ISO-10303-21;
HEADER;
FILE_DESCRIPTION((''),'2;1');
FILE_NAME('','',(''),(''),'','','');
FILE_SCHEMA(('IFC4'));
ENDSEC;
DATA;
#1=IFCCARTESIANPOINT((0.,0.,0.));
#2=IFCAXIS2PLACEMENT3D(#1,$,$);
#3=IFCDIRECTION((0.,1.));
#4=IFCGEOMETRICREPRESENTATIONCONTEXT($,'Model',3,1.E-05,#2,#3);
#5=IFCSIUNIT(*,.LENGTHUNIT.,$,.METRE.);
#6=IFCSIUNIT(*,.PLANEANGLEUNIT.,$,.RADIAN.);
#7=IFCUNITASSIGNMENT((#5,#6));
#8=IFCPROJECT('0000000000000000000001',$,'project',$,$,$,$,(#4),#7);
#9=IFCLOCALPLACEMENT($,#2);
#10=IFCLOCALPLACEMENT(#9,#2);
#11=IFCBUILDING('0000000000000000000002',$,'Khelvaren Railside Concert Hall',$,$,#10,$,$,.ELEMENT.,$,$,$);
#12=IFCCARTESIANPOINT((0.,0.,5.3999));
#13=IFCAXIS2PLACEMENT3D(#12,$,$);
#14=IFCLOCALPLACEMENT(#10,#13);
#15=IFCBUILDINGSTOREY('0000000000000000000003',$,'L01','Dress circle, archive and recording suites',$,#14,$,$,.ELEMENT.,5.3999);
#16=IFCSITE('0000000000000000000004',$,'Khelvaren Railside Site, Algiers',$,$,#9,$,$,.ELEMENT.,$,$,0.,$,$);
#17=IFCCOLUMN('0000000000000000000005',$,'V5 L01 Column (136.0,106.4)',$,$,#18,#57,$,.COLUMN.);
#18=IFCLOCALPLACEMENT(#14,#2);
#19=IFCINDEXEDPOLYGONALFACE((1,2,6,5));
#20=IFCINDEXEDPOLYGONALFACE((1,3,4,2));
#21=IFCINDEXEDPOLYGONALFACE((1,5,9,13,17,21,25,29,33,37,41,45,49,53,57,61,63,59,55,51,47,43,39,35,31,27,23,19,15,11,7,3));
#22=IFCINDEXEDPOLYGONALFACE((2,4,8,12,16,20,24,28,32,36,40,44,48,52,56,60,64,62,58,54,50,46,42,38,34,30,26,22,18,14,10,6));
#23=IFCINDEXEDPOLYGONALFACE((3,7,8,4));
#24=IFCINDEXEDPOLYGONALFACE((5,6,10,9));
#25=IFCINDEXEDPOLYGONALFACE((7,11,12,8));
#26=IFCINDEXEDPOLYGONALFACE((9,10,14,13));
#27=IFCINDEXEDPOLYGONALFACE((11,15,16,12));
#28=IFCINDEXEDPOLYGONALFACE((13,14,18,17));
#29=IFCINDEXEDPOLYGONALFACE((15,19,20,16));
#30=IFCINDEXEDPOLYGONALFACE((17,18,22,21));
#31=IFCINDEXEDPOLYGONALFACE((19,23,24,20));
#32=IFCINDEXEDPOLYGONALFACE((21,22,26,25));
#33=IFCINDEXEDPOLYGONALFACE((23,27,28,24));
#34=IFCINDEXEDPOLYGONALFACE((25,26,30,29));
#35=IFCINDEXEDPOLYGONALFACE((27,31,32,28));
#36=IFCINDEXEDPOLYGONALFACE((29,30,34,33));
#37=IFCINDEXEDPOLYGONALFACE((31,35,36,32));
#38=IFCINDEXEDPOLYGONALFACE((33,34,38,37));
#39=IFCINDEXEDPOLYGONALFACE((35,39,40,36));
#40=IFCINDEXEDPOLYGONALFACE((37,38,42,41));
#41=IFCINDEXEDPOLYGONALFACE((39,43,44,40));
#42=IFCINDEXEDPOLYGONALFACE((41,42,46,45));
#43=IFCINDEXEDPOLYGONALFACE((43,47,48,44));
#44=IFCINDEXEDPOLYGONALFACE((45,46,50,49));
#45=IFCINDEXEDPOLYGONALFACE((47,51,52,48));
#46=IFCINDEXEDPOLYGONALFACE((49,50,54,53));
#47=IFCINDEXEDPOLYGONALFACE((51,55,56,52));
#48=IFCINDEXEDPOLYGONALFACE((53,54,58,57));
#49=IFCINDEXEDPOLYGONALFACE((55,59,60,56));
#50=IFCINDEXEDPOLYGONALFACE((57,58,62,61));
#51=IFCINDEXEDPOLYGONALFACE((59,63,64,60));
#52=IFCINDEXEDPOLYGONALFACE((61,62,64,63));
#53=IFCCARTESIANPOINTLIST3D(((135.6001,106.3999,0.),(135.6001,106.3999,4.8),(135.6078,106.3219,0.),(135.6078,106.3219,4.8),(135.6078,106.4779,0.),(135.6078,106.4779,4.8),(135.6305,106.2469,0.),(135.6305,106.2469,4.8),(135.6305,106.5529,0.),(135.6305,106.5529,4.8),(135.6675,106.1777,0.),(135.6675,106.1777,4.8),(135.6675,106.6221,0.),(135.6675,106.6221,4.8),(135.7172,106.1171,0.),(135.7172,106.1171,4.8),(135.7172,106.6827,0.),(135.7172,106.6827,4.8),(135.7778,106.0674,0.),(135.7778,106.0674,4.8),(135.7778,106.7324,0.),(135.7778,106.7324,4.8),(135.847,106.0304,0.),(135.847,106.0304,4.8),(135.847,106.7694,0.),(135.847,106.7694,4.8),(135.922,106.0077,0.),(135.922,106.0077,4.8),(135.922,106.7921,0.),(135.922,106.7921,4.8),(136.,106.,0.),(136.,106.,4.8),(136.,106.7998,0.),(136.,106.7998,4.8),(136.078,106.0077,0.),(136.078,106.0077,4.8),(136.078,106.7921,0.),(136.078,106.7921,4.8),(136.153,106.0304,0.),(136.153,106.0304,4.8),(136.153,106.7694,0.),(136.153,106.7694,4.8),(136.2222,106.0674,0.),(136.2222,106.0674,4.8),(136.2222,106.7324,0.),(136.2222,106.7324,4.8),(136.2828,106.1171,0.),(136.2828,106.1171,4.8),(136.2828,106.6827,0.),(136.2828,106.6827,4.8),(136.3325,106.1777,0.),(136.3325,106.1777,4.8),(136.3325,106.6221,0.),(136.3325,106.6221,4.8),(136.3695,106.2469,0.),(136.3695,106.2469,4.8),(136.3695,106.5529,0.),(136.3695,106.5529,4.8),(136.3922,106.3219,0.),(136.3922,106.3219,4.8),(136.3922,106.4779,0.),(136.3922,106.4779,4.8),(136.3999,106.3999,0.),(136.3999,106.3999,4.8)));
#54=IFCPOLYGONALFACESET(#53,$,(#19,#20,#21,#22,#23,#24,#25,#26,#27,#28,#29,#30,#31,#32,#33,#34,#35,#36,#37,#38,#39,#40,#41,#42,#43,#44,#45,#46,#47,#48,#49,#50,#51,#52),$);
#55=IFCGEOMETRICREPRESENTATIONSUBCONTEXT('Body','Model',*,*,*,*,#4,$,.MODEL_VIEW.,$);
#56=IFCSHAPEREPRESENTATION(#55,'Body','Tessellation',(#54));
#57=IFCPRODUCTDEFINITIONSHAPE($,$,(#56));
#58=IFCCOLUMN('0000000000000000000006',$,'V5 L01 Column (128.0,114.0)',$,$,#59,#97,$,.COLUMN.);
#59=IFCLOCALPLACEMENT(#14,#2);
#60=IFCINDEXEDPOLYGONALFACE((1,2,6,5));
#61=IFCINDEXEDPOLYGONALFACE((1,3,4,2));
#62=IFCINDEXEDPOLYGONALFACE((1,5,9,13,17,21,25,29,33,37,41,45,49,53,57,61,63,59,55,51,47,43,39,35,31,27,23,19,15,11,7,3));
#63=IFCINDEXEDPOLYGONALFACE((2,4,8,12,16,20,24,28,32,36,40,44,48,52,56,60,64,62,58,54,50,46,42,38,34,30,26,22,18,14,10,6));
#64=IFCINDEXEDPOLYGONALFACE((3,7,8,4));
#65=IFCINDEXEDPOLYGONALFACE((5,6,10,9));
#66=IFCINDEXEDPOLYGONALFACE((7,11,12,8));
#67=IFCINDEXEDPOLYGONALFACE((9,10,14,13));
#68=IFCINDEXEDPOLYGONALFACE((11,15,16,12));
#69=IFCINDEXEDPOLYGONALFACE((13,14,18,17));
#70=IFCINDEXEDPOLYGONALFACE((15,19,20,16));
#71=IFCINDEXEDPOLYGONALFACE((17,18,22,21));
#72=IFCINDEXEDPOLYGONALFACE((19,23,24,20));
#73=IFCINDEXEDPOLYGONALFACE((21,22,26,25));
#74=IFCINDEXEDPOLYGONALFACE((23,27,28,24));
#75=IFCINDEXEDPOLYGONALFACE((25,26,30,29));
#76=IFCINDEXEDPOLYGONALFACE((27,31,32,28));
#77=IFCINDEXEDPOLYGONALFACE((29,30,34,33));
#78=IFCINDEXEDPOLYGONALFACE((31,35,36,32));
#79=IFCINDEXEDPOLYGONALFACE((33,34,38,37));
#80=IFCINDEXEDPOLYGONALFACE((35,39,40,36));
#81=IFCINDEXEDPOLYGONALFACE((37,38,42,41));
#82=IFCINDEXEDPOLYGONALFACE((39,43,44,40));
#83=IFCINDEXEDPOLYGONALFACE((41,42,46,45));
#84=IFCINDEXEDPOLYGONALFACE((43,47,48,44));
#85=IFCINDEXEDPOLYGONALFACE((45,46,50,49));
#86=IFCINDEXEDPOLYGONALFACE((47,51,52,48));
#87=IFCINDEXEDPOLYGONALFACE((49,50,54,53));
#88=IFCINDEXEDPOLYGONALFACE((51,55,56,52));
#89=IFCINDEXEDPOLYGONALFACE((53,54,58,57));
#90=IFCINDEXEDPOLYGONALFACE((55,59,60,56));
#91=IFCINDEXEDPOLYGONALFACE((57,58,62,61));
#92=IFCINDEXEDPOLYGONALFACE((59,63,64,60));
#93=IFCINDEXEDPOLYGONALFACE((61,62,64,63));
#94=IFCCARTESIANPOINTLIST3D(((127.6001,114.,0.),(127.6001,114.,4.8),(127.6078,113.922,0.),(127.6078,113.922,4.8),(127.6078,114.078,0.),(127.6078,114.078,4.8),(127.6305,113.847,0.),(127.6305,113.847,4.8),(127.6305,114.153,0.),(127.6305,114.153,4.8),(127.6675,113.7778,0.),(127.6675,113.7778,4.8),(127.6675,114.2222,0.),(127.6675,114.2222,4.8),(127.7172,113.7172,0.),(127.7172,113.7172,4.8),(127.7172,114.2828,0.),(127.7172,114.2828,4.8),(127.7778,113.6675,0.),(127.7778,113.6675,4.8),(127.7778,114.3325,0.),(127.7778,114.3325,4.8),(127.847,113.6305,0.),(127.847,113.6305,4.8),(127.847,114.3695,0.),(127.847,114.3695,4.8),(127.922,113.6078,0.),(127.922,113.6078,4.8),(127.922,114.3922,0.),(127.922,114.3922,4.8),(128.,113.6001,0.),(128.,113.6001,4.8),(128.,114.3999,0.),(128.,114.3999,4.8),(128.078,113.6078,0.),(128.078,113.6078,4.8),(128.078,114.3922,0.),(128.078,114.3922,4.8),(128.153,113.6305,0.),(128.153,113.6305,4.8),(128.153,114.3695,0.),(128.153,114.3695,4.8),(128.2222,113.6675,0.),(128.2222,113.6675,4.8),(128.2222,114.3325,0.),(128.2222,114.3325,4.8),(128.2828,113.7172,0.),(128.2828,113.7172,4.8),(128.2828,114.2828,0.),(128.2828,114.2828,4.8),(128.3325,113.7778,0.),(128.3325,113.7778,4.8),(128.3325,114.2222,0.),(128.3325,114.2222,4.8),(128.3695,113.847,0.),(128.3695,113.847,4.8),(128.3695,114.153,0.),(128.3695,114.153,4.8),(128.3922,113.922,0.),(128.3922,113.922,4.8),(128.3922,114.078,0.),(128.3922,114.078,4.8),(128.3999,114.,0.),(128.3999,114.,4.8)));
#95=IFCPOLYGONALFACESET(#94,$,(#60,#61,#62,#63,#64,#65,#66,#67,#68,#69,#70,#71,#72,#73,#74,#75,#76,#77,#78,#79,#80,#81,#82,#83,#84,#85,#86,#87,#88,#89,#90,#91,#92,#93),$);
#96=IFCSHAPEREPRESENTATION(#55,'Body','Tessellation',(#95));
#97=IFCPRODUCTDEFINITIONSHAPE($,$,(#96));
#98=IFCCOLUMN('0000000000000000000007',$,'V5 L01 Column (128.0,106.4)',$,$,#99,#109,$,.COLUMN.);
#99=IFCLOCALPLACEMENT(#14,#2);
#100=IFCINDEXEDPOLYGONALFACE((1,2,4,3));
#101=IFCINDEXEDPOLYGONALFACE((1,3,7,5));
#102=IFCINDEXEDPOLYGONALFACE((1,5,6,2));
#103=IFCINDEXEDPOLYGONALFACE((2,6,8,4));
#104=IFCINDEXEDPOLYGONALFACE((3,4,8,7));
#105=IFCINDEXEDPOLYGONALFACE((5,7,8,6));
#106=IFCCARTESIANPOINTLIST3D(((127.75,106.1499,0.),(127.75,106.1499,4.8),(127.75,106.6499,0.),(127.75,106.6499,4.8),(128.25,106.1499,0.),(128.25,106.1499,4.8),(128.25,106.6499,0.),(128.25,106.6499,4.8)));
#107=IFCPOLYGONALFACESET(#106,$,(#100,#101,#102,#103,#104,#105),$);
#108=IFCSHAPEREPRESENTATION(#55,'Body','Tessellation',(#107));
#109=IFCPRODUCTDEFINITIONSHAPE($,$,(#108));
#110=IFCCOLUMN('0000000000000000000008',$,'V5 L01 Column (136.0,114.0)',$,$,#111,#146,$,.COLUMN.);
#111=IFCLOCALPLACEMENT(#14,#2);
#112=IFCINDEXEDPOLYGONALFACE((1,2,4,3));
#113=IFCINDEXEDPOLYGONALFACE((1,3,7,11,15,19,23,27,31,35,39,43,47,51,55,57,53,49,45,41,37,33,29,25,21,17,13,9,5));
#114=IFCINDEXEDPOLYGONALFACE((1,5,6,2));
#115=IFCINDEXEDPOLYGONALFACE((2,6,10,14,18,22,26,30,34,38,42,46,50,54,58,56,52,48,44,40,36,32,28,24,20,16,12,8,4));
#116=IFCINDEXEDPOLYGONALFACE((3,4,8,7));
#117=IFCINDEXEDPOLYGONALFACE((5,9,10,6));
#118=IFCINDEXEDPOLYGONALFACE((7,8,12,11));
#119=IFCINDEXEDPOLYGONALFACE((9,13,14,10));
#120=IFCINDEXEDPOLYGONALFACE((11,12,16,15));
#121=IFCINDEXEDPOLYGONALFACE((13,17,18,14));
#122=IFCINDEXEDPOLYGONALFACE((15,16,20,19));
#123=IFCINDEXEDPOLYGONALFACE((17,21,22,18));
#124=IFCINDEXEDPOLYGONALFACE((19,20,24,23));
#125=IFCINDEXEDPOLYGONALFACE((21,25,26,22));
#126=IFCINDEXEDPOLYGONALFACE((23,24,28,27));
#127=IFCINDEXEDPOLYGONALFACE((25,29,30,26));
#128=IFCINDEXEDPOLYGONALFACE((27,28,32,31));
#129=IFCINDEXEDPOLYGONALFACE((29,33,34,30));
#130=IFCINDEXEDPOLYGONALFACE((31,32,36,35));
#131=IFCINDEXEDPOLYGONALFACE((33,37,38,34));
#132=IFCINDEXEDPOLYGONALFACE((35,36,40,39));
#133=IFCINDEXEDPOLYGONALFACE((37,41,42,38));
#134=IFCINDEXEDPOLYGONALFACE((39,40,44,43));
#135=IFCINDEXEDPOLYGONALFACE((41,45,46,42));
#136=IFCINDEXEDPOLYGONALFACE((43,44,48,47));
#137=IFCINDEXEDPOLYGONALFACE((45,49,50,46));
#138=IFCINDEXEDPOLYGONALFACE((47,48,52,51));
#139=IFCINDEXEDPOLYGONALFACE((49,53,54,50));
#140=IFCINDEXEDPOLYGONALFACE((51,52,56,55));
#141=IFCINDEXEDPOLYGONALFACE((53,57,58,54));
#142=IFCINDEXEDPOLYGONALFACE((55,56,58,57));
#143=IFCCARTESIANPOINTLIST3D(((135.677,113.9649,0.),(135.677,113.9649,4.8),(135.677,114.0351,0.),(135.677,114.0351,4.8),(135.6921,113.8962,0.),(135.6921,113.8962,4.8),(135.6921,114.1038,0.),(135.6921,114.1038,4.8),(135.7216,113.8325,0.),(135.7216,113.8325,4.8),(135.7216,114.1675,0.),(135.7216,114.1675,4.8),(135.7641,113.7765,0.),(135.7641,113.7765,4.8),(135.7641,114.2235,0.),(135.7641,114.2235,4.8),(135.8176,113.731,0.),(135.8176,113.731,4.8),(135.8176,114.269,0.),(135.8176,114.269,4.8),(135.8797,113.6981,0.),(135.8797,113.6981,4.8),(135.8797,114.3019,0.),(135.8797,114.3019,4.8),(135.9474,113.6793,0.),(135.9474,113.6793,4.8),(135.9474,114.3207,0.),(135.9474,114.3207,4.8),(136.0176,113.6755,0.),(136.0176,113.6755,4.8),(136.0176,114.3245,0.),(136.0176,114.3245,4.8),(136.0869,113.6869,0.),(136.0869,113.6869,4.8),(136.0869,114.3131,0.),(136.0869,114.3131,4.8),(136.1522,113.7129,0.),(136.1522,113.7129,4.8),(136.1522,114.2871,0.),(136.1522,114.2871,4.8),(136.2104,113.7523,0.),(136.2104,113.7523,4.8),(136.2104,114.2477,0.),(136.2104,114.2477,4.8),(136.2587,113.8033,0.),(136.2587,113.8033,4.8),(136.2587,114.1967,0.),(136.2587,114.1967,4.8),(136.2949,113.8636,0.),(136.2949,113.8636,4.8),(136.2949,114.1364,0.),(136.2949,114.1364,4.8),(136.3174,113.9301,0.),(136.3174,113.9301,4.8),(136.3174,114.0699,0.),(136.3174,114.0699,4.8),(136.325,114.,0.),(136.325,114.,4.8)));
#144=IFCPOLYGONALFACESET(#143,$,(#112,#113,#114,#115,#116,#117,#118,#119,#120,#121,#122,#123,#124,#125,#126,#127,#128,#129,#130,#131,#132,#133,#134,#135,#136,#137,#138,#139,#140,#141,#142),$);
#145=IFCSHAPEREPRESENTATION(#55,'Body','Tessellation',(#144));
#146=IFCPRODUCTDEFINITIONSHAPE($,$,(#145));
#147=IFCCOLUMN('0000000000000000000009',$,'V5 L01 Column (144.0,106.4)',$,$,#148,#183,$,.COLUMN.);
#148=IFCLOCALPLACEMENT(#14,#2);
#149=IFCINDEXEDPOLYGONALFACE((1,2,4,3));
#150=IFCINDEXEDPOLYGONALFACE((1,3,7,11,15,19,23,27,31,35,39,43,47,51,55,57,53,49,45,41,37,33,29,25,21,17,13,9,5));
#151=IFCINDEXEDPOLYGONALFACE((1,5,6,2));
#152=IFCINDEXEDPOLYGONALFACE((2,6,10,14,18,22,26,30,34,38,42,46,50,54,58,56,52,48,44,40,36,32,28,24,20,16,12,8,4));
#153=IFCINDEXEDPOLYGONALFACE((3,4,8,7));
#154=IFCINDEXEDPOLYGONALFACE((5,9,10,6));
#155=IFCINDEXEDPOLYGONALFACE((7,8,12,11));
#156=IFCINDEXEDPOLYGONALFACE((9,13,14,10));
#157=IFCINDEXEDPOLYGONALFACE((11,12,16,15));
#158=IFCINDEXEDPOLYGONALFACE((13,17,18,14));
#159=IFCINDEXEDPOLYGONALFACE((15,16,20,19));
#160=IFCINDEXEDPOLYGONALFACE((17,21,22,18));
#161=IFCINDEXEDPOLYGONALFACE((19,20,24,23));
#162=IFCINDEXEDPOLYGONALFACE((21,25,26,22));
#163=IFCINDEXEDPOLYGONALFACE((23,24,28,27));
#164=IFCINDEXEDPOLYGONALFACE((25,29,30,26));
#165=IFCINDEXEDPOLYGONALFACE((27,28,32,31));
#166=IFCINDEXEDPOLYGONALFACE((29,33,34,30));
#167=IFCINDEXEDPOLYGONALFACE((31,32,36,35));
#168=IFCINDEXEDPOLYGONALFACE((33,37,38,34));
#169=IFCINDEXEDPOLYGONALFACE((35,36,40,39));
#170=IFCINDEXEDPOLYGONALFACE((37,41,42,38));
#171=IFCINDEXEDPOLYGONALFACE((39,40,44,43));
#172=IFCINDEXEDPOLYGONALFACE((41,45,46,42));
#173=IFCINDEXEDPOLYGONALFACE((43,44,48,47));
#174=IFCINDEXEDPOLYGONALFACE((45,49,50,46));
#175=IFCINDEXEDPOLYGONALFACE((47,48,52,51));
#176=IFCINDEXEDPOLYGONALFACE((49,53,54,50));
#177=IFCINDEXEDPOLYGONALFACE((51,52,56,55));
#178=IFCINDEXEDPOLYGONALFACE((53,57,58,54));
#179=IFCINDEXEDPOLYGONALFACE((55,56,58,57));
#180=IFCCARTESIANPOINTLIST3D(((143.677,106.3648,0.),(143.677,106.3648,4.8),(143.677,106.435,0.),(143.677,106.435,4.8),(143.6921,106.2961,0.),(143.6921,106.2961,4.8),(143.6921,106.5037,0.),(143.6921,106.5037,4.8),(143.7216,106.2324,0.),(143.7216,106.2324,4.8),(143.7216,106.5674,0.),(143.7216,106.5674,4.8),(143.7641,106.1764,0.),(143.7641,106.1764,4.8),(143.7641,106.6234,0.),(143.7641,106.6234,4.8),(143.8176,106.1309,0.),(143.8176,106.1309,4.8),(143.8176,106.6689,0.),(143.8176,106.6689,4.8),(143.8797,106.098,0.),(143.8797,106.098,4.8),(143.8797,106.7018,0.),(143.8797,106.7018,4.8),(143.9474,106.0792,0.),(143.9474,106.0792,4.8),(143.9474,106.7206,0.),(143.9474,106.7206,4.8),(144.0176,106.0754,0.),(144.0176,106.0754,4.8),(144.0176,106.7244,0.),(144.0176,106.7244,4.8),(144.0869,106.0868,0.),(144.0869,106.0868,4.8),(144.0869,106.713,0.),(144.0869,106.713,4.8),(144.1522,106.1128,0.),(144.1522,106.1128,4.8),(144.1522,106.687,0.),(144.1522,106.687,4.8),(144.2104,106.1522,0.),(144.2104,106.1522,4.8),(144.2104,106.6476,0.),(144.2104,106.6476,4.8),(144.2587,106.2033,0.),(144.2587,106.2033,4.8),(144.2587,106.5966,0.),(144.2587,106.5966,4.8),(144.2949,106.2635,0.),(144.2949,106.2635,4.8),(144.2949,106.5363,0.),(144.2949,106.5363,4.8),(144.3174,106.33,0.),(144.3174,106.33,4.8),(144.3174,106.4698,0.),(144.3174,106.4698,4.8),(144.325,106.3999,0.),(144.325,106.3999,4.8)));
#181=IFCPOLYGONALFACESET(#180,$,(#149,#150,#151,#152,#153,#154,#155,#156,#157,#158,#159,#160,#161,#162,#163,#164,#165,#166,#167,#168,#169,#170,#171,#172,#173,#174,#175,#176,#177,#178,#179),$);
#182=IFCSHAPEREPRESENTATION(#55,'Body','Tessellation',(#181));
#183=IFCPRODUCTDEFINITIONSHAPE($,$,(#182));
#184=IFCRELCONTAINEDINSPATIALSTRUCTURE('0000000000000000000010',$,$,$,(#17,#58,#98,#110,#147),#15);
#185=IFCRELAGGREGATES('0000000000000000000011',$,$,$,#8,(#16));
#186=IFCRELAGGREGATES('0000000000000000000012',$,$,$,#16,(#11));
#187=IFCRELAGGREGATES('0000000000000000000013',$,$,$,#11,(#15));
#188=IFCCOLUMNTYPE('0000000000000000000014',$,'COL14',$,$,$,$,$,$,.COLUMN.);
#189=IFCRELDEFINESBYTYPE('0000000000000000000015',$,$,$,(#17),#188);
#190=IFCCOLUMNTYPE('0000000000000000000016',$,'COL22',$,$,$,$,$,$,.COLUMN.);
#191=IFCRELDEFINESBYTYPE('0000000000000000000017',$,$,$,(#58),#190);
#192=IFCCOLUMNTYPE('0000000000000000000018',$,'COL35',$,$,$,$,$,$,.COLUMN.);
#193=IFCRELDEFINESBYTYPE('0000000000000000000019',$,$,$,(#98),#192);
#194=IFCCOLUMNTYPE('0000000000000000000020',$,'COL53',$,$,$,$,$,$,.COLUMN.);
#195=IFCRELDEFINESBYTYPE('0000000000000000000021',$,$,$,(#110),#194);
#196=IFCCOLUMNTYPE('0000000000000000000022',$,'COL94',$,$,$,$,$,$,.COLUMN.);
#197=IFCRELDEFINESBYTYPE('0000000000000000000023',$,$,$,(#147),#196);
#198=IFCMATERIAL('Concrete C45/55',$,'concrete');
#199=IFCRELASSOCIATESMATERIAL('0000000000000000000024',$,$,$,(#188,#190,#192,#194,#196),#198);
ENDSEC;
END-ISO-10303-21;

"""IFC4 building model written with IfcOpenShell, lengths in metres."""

from ifc_helpers import new_model, si_unit, direction, frame, origin, origin_2d, place, context, subcontext, project, spatial, rectangle, circle, extrude, material, material_profile, profile_set, type_object, element, save


model = new_model("IFC4")

# Units and contexts
model_context = context("Model", 3, precision=1e-05, world=origin(), true_north=direction((0.0, 1.0)))
body_context = subcontext(model_context, "Body", "Model", "MODEL_VIEW")
ifc_project = project(units=[si_unit("LENGTHUNIT", "METRE"), si_unit("PLANEANGLEUNIT", "RADIAN")], contexts=[model_context])

# Site, building, storey
site_placement = place(None, origin())
site = spatial("IfcSite", under=ifc_project, at=site_placement, Name="Khelvaren Railside Site, Algiers", CompositionType="ELEMENT", RefElevation=0.0)
building_placement = place(site_placement, origin())
building = spatial("IfcBuilding", under=site, at=building_placement, Name="Khelvaren Railside Concert Hall", CompositionType="ELEMENT")
storey_placement = place(building_placement, frame((0.0, 0.0, 5.3999)))
storey = spatial("IfcBuildingStorey", under=building, at=storey_placement, Name="L01", Description="Dress circle, archive and recording suites", CompositionType="ELEMENT", Elevation=5.3999)

# Columns
ifc_material_1 = material(Name="Concrete C45/55", Category="concrete")
ifc_material_profile_1 = material_profile(ifc_material_1, circle(Radius=0.3999, at=origin_2d()), Name="RC D800")
ifc_profile_set_1 = profile_set([ifc_material_profile_1], Name="Concrete C45/55")
column_type_1 = type_object("IfcColumnType", Name="COL14", PredefinedType="COLUMN", material=ifc_profile_set_1)
column_1_placement = place(storey_placement, frame((136.0, 106.3999, 0.0), z_axis=(0.0, 0.0, 1.0), x_axis=(1.0, 0.0, 0.0)))
element("IfcColumn", 1, at=column_1_placement, inside=storey, type_object=column_type_1, Name="V5 L01 Column (136.0,106.4)", PredefinedType="COLUMN", context=body_context, shape_type="SweptSolid", body=[
    extrude(circle(Radius=0.3999, at=origin_2d()), origin(), (0.0, 0.0, 1.0), 4.8),
])
ifc_material_profile_2 = material_profile(ifc_material_1, circle(Radius=0.3999, at=origin_2d()), Name="RC D800")
ifc_profile_set_2 = profile_set([ifc_material_profile_2], Name="Concrete C45/55")
column_type_2 = type_object("IfcColumnType", Name="COL22", PredefinedType="COLUMN", material=ifc_profile_set_2)
column_2_placement = place(storey_placement, frame((128.0, 114.0, 0.0), z_axis=(0.0, 0.0, 1.0), x_axis=(1.0, 0.0, 0.0)))
element("IfcColumn", 2, at=column_2_placement, inside=storey, type_object=column_type_2, Name="V5 L01 Column (128.0,114.0)", PredefinedType="COLUMN", context=body_context, shape_type="SweptSolid", body=[
    extrude(circle(Radius=0.3999, at=origin_2d()), origin(), (0.0, 0.0, 1.0), 4.8),
])
ifc_material_profile_3 = material_profile(ifc_material_1, rectangle(XDim=0.5, YDim=0.5, at=origin_2d()), Name="RC 500x500")
ifc_profile_set_3 = profile_set([ifc_material_profile_3], Name="Concrete C45/55")
column_type_3 = type_object("IfcColumnType", Name="COL35", PredefinedType="COLUMN", material=ifc_profile_set_3)
column_3_placement = place(storey_placement, frame((128.0, 106.3999, 0.0), z_axis=(0.0, 0.0, 1.0), x_axis=(1.0, 0.0, 0.0)))
element("IfcColumn", 3, at=column_3_placement, inside=storey, type_object=column_type_3, Name="V5 L01 Column (128.0,106.4)", PredefinedType="COLUMN", context=body_context, shape_type="SweptSolid", body=[
    extrude(rectangle(XDim=0.5, YDim=0.5, at=origin_2d()), origin(), (0.0, 0.0, 1.0), 4.8),
])
ifc_material_profile_4 = material_profile(ifc_material_1, circle(Radius=0.325, at=origin_2d()), Name="RC D650")
ifc_profile_set_4 = profile_set([ifc_material_profile_4], Name="Concrete C45/55")
column_type_4 = type_object("IfcColumnType", Name="COL53", PredefinedType="COLUMN", material=ifc_profile_set_4)
column_4_placement = place(storey_placement, frame((136.0, 114.0, 0.0), z_axis=(0.0, 0.0, 1.0), x_axis=(1.0, 0.0, 0.0)))
element("IfcColumn", 4, at=column_4_placement, inside=storey, type_object=column_type_4, Name="V5 L01 Column (136.0,114.0)", PredefinedType="COLUMN", context=body_context, shape_type="SweptSolid", body=[
    extrude(circle(Radius=0.325, at=origin_2d()), origin(), (0.0, 0.0, 1.0), 4.8),
])
ifc_material_profile_5 = material_profile(ifc_material_1, circle(Radius=0.325, at=origin_2d()), Name="RC D650")
ifc_profile_set_5 = profile_set([ifc_material_profile_5], Name="Concrete C45/55")
column_type_5 = type_object("IfcColumnType", Name="COL94", PredefinedType="COLUMN", material=ifc_profile_set_5)
column_5_placement = place(storey_placement, frame((144.0, 106.3999, 0.0), z_axis=(0.0, 0.0, 1.0), x_axis=(1.0, 0.0, 0.0)))
element("IfcColumn", 5, at=column_5_placement, inside=storey, type_object=column_type_5, Name="V5 L01 Column (144.0,106.4)", PredefinedType="COLUMN", context=body_context, shape_type="SweptSolid", body=[
    extrude(circle(Radius=0.325, at=origin_2d()), origin(), (0.0, 0.0, 1.0), 4.8),
])

save(model, "model.ifc")
